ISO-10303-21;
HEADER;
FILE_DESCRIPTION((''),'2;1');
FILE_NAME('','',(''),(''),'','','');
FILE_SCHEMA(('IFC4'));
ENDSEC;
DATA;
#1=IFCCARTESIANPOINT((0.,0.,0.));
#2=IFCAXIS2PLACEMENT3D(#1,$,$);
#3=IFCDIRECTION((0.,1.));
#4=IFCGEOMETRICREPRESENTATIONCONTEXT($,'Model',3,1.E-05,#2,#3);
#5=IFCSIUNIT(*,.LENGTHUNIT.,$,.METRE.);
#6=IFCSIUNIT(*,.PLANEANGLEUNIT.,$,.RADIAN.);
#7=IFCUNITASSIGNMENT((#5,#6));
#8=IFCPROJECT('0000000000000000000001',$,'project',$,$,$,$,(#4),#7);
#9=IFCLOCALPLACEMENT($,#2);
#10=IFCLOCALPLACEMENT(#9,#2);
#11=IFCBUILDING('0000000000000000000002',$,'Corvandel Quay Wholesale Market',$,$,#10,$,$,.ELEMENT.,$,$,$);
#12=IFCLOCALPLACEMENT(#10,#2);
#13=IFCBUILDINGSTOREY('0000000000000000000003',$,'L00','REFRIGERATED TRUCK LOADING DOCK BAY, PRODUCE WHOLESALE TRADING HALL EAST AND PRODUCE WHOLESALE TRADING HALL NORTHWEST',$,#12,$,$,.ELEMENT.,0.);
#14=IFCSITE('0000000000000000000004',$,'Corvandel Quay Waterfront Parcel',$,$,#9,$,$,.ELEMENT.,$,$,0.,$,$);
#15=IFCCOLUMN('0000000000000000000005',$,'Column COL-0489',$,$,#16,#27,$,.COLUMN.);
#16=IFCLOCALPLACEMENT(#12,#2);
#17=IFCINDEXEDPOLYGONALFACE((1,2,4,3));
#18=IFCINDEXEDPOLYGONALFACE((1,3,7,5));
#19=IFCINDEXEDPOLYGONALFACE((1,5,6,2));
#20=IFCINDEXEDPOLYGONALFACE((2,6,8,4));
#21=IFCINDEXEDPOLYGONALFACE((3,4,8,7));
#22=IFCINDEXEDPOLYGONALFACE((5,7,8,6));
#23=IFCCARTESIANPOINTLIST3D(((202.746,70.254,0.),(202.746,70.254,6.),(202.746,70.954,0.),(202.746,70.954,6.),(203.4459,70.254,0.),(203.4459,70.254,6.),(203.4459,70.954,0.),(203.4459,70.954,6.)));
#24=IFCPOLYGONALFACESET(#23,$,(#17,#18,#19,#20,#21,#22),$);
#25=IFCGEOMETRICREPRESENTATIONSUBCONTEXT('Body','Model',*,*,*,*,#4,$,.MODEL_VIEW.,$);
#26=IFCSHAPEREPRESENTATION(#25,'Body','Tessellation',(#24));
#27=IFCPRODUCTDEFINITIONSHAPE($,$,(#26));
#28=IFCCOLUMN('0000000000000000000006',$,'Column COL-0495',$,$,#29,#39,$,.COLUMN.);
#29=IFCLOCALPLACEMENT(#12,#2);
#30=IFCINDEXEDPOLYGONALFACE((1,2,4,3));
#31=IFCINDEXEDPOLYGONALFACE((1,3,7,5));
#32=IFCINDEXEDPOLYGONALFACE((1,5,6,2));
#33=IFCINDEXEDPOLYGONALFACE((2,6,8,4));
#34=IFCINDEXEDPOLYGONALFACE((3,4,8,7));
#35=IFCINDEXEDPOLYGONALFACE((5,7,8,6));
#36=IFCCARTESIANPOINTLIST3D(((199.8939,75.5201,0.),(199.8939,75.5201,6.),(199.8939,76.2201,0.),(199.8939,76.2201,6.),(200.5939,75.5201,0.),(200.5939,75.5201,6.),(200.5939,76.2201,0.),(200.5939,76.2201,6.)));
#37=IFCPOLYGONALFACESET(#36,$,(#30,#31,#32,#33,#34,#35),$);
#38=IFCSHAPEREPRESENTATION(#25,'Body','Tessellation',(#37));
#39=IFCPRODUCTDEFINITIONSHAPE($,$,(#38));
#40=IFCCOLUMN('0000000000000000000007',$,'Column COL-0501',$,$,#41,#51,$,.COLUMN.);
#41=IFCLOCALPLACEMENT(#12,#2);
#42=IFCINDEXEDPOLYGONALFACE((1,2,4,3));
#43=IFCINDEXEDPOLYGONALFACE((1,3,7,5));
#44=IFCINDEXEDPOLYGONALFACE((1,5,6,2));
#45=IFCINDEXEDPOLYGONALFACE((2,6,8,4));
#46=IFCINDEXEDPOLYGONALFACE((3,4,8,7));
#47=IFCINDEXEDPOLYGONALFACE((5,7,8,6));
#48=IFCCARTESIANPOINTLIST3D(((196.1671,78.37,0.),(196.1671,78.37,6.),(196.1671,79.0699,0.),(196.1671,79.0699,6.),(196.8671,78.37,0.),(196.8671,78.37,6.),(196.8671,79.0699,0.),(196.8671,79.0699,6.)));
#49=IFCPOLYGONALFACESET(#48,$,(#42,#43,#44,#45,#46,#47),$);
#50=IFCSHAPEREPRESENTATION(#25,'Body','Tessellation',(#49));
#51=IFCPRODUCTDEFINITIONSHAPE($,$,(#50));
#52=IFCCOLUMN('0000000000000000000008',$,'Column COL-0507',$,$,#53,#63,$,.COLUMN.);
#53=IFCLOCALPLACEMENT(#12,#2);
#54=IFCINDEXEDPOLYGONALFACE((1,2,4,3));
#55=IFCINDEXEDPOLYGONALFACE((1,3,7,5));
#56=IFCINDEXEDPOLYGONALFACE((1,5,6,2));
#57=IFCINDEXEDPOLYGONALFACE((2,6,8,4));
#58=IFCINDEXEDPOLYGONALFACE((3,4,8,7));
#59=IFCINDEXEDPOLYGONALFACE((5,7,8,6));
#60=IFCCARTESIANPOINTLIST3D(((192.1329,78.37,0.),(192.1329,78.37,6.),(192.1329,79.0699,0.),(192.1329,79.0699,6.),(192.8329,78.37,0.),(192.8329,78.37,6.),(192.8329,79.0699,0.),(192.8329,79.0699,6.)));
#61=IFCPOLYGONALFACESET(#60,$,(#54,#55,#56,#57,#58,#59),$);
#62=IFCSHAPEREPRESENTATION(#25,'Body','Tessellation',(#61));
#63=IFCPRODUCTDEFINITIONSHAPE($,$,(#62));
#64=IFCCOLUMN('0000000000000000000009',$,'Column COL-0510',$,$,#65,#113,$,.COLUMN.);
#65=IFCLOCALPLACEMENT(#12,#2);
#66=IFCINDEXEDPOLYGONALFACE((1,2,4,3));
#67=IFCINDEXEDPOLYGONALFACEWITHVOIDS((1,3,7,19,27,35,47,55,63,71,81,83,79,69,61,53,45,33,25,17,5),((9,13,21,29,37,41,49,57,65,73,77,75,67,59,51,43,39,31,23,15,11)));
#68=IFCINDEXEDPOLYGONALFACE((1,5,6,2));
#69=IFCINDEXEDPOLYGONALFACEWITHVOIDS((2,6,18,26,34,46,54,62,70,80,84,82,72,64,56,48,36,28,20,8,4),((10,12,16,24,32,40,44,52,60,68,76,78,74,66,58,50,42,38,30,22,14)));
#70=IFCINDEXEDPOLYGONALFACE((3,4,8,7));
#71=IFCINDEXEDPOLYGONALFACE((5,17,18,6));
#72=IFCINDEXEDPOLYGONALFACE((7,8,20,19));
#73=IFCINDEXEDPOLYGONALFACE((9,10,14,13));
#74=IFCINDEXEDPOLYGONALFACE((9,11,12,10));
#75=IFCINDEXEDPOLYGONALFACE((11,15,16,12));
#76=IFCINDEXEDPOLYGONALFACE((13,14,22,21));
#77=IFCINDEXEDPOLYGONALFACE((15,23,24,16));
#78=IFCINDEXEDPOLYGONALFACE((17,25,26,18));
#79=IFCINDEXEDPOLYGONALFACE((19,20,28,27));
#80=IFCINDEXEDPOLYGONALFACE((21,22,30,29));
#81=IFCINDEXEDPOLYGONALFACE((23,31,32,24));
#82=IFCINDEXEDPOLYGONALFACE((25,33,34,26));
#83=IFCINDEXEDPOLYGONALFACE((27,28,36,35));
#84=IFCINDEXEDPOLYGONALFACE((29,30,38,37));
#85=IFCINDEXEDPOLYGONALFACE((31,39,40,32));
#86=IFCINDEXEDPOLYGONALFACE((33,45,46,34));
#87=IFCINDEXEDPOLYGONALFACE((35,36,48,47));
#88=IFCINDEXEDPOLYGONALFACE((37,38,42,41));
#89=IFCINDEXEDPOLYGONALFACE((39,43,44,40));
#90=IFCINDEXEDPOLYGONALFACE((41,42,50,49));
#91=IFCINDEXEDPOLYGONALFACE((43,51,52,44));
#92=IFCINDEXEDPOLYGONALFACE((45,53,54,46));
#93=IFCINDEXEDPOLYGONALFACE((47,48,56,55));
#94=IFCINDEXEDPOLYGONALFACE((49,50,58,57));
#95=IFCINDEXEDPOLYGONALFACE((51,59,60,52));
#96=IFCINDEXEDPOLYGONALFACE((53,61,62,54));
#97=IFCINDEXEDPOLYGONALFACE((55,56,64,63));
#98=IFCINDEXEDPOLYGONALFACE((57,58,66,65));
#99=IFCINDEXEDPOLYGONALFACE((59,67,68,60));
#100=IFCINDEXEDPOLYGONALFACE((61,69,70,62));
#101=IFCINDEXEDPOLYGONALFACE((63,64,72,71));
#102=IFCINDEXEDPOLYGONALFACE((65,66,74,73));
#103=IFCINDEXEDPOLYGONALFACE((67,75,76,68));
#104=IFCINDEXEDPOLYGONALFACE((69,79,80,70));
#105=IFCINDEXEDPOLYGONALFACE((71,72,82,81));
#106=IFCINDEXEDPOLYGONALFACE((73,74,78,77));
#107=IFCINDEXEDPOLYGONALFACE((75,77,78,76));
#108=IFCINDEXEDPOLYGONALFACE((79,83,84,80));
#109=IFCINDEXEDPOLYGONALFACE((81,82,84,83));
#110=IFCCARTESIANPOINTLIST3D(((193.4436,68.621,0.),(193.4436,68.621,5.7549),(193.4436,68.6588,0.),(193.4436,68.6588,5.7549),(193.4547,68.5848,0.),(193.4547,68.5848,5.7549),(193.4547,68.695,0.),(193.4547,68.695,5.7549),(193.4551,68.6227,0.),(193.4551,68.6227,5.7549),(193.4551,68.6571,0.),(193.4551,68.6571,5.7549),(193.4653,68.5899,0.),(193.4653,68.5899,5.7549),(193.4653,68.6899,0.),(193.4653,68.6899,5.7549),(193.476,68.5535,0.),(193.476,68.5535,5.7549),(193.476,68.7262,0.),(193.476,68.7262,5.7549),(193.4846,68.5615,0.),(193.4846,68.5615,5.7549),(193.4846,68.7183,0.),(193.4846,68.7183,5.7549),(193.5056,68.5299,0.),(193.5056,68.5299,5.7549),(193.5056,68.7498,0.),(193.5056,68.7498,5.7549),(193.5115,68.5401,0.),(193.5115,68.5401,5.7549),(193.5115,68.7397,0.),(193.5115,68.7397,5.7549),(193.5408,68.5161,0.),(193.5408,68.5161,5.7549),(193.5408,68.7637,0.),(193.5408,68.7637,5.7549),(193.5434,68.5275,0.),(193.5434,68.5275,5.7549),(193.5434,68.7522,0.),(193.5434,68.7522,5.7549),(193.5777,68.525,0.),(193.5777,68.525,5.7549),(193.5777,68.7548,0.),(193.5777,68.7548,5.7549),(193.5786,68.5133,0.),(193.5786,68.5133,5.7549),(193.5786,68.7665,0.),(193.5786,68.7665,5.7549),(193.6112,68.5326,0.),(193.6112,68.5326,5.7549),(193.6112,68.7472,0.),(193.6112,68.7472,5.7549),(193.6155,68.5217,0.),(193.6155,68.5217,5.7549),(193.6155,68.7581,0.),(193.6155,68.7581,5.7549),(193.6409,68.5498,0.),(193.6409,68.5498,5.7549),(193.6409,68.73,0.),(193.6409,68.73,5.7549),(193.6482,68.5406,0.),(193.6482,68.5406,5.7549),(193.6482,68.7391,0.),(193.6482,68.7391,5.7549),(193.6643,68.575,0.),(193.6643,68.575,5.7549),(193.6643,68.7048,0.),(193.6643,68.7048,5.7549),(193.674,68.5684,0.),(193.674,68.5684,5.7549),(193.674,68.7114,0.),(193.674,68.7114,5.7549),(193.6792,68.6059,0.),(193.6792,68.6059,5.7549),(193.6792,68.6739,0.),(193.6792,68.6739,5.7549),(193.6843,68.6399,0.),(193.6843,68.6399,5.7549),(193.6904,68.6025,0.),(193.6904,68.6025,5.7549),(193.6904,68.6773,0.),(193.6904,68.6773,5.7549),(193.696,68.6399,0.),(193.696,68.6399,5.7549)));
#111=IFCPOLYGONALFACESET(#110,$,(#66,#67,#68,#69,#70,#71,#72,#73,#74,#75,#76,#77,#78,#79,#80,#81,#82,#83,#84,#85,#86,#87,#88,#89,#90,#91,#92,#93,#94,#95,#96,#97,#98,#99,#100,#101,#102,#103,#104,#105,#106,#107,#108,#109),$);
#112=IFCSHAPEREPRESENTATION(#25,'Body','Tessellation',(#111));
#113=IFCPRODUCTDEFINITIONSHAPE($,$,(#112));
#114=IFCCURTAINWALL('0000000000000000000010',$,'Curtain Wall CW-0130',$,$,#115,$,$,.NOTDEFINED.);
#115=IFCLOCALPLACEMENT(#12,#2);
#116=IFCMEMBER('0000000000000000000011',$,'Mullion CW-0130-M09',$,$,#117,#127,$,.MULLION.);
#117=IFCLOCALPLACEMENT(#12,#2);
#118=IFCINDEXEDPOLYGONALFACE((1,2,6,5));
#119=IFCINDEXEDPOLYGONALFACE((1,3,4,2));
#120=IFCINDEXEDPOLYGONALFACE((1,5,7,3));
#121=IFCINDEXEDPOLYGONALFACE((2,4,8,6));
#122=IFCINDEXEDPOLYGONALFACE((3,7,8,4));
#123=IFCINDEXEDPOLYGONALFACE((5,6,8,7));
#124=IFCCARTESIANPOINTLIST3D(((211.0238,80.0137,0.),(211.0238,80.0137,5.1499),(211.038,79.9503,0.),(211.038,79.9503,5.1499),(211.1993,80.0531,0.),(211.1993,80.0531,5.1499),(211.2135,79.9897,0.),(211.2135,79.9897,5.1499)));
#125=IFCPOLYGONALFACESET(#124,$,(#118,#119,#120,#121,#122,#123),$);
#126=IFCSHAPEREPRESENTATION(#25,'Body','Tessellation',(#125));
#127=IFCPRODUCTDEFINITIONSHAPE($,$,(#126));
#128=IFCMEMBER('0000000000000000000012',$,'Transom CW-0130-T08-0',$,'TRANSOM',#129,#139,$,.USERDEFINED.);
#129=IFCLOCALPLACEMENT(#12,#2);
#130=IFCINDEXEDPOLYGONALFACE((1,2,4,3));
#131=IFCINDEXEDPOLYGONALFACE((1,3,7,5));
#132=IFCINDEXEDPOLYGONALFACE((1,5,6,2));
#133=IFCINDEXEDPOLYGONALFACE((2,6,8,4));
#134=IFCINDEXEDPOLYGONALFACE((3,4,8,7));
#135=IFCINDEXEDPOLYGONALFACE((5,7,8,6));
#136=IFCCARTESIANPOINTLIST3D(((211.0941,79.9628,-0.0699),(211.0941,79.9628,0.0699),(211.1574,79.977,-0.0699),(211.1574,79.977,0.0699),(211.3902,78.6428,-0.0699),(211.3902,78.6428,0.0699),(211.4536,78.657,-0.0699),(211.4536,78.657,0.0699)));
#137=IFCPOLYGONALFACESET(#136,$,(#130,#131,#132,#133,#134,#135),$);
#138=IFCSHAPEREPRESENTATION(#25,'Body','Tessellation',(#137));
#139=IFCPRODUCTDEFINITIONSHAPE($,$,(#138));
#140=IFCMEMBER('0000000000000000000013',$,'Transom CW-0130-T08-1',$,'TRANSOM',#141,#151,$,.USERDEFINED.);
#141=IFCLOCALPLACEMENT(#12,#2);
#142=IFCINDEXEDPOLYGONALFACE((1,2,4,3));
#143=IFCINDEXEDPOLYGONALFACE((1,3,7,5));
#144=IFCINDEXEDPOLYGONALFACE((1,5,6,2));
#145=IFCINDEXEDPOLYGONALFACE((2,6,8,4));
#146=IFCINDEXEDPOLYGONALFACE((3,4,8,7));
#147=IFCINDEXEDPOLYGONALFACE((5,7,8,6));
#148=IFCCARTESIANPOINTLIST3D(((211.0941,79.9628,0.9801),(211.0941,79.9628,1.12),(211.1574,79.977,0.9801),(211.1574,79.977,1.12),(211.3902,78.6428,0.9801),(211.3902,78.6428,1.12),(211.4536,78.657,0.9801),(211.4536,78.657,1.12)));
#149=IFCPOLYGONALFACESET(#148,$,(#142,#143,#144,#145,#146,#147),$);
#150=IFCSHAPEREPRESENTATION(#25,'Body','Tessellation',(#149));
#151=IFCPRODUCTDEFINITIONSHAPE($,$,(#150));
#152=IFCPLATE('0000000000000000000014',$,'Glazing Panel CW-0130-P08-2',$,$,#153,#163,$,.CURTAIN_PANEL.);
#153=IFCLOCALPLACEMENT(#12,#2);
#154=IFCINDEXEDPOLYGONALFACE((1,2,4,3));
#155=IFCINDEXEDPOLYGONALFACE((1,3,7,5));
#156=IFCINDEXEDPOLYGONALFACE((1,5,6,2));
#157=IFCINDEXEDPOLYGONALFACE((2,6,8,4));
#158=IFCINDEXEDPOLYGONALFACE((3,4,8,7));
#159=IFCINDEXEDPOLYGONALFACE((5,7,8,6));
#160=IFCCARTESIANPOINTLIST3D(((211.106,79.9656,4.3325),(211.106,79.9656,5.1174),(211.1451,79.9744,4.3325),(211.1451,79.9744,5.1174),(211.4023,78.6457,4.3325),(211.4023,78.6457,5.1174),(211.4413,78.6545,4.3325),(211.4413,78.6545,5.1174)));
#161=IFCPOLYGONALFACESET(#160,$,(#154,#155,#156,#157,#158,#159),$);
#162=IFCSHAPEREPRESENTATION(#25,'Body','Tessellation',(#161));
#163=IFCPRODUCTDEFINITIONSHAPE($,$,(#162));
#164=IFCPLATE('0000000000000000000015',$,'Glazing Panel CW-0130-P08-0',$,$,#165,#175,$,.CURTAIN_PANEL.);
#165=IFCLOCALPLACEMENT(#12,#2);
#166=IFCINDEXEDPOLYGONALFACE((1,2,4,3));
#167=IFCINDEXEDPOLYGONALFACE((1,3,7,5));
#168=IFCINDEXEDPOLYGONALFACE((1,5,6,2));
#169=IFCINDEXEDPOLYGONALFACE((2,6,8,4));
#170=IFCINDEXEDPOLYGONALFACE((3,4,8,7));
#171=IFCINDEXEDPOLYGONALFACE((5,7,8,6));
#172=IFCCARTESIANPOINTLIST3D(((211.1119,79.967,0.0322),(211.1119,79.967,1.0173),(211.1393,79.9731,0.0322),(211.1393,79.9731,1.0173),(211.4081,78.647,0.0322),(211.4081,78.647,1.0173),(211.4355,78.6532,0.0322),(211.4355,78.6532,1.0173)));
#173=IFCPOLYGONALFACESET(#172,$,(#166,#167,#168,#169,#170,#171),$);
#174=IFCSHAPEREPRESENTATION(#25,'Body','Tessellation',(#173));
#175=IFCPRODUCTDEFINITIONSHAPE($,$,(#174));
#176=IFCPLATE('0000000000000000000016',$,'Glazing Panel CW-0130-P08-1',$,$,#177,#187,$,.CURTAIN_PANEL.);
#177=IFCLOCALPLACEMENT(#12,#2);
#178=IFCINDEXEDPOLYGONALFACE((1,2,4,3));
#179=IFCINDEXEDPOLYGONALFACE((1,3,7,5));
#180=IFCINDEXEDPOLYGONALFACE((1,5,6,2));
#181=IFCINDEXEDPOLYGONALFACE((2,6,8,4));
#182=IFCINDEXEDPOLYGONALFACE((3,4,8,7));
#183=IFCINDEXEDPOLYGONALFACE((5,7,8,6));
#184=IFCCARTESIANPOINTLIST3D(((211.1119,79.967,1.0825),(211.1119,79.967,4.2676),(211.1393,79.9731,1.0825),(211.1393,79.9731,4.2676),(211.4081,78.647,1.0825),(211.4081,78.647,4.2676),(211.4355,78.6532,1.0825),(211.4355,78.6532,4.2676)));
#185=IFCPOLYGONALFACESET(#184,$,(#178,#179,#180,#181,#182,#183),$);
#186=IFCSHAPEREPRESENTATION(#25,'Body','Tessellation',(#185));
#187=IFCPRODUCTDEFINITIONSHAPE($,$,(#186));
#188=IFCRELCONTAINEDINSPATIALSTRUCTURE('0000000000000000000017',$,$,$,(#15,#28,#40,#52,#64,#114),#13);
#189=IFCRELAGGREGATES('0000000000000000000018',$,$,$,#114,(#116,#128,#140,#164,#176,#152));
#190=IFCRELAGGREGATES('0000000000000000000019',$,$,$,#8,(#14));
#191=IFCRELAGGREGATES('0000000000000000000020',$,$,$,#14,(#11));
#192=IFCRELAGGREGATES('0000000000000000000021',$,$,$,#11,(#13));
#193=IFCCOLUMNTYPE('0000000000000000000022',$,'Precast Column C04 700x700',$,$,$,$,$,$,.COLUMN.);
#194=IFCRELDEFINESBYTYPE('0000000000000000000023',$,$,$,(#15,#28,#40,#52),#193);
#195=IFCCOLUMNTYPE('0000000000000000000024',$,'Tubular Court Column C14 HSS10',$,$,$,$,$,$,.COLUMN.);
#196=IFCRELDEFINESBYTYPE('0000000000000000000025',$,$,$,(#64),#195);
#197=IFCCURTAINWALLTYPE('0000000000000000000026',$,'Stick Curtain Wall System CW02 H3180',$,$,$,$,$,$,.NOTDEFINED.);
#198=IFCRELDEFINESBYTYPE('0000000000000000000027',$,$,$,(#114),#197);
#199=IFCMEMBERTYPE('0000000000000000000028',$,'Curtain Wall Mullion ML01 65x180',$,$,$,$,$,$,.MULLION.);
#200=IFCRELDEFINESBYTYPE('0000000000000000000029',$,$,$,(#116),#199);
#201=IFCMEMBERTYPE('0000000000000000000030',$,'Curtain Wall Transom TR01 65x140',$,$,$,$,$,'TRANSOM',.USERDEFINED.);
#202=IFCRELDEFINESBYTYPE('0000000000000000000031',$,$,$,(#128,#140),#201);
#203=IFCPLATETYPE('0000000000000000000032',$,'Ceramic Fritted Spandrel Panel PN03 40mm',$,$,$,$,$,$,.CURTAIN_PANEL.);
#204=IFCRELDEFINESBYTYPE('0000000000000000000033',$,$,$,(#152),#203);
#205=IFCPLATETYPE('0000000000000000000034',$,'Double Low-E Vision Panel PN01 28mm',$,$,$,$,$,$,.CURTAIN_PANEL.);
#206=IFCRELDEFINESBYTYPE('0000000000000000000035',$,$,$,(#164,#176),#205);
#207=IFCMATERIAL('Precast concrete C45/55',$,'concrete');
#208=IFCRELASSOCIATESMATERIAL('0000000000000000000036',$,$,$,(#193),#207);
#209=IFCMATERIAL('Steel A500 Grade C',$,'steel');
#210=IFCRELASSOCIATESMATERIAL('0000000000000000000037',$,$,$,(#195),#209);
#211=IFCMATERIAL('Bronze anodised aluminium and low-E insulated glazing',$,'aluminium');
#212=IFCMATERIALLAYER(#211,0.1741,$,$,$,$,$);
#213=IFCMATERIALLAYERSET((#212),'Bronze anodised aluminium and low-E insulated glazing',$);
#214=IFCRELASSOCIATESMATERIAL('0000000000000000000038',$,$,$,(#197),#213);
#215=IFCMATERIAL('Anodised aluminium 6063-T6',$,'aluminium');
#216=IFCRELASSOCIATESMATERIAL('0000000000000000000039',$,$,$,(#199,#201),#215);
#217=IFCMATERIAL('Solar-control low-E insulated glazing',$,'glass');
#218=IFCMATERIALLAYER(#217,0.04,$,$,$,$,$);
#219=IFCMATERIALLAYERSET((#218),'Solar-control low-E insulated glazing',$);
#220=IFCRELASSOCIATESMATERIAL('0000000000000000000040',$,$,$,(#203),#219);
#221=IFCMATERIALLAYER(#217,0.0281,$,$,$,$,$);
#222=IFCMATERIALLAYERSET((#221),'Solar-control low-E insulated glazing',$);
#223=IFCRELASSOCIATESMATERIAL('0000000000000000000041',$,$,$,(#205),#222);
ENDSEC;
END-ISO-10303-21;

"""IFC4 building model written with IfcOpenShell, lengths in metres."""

from ifc_helpers import new_model, si_unit, direction, frame, origin, origin_2d, place, context, subcontext, project, spatial, rectangle, hollow_circle, extrude, material, layer, layer_set, material_profile, profile_set, type_object, element, aggregate, save


model = new_model("IFC4")

# Units and contexts
model_context = context("Model", 3, precision=1e-05, world=origin(), true_north=direction((0.0, 1.0)))
body_context = subcontext(model_context, "Body", "Model", "MODEL_VIEW")
ifc_project = project(units=[si_unit("LENGTHUNIT", "METRE"), si_unit("PLANEANGLEUNIT", "RADIAN")], contexts=[model_context])

# Site, building, storey
site_placement = place(None, origin())
site = spatial("IfcSite", under=ifc_project, at=site_placement, Name="Corvandel Quay Waterfront Parcel", CompositionType="ELEMENT", RefElevation=0.0)
building_placement = place(site_placement, origin())
building = spatial("IfcBuilding", under=site, at=building_placement, Name="Corvandel Quay Wholesale Market", CompositionType="ELEMENT")
storey_placement = place(building_placement, origin())
storey = spatial("IfcBuildingStorey", under=building, at=storey_placement, Name="L00", Description="REFRIGERATED TRUCK LOADING DOCK BAY, PRODUCE WHOLESALE TRADING HALL EAST AND PRODUCE WHOLESALE TRADING HALL NORTHWEST", CompositionType="ELEMENT", Elevation=0.0)

# Columns
ifc_material_1 = material(Name="Precast concrete C45/55", Category="concrete")
ifc_material_profile_1 = material_profile(ifc_material_1, rectangle(XDim=0.7, YDim=0.7, at=origin_2d()), Name="PC-COL-700x700")
ifc_profile_set_1 = profile_set([ifc_material_profile_1], Name="Precast concrete C45/55")
column_type_1 = type_object("IfcColumnType", Name="Precast Column C04 700x700", PredefinedType="COLUMN", material=ifc_profile_set_1)
for number, where, z_axis, x_axis, name in (
    (1, (203.0959, 70.604, 0.0), (0.0, 0.0, 1.0), (1.0, 0.0, 0.0), "Column COL-0489"),
    (2, (200.2439, 75.8701, 0.0), (0.0, 0.0, 1.0), (1.0, 0.0, 0.0), "Column COL-0495"),
    (3, (196.5171, 78.72, 0.0), (0.0, 0.0, 1.0), (1.0, 0.0, 0.0), "Column COL-0501"),
    (4, (192.4829, 78.72, 0.0), (0.0, 0.0, 1.0), (1.0, 0.0, 0.0), "Column COL-0507"),
):
    element("IfcColumn", number, at=place(storey_placement, frame(where, z_axis=z_axis, x_axis=x_axis)), inside=storey, type_object=column_type_1, Name=name, PredefinedType="COLUMN", context=body_context, shape_type="SweptSolid", body=[
        extrude(rectangle(XDim=0.7, YDim=0.7, at=origin_2d()), origin(), (0.0, 0.0, 1.0), 6.0),
    ])
ifc_material_2 = material(Name="Steel A500 Grade C", Category="steel")
ifc_material_profile_2 = material_profile(ifc_material_2, hollow_circle(Radius=0.127, WallThickness=0.0117, at=origin_2d()), Name="HSS10.000X0.500")
ifc_profile_set_2 = profile_set([ifc_material_profile_2], Name="Steel A500 Grade C")
column_type_2 = type_object("IfcColumnType", Name="Tubular Court Column C14 HSS10", PredefinedType="COLUMN", material=ifc_profile_set_2)
column_1_placement = place(storey_placement, frame((193.5691, 68.6399, 0.0), z_axis=(0.0, 0.0, 1.0), x_axis=(1.0, 0.0, 0.0)))
element("IfcColumn", 5, at=column_1_placement, inside=storey, type_object=column_type_2, Name="Column COL-0510", PredefinedType="COLUMN", context=body_context, shape_type="SweptSolid", body=[
    extrude(hollow_circle(Radius=0.127, WallThickness=0.0117, at=origin_2d()), origin(), (0.0, 0.0, 1.0), 5.7549),
])

# Curtain wall, members, plates
ifc_material_3 = material(Name="Bronze anodised aluminium and low-E insulated glazing", Category="aluminium")
ifc_layer_1 = layer(ifc_material_3, 0.1741)
ifc_layer_set_1 = layer_set([ifc_layer_1], Name="Bronze anodised aluminium and low-E insulated glazing")
curtain_wall_type = type_object("IfcCurtainWallType", Name="Stick Curtain Wall System CW02 H3180", PredefinedType="NOTDEFINED", material=ifc_layer_set_1)
curtain_wall_placement = place(storey_placement, origin())
curtain_wall = element("IfcCurtainWall", 6, at=curtain_wall_placement, inside=storey, type_object=curtain_wall_type, Name="Curtain Wall CW-0130", PredefinedType="NOTDEFINED")
ifc_material_4 = material(Name="Anodised aluminium 6063-T6", Category="aluminium")
ifc_material_profile_3 = material_profile(ifc_material_4, rectangle(XDim=0.0649, YDim=0.1799, at=origin_2d()), Name="ALU-MUL-65x180")
ifc_profile_set_3 = profile_set([ifc_material_profile_3], Name="Anodised aluminium 6063-T6")
member_type_1 = type_object("IfcMemberType", Name="Curtain Wall Mullion ML01 65x180", PredefinedType="MULLION", material=ifc_profile_set_3)
member_1_placement = place(storey_placement, frame((211.1187, 80.0017, 0.0), z_axis=(0.0, 0.0, 1.0), x_axis=(-0.218995, 0.975726, 0.0)))
member_1 = element("IfcMember", 7, at=member_1_placement, type_object=member_type_1, Name="Mullion CW-0130-M09", PredefinedType="MULLION", context=body_context, shape_type="SweptSolid", body=[
    extrude(rectangle(XDim=0.0649, YDim=0.1799, at=origin_2d()), origin(), (0.0, 0.0, 1.0), 5.1499),
])
ifc_material_profile_4 = material_profile(ifc_material_4, rectangle(XDim=0.0649, YDim=0.1399, at=origin_2d()), Name="ALU-TRN-65x140")
ifc_profile_set_4 = profile_set([ifc_material_profile_4], Name="Anodised aluminium 6063-T6")
member_type_2 = type_object("IfcMemberType", Name="Curtain Wall Transom TR01 65x140", ElementType="TRANSOM", PredefinedType="USERDEFINED", material=ifc_profile_set_4)
member_2_placement = place(storey_placement, frame((211.4219, 78.6499, 0.0), z_axis=(-0.218898, 0.975748, 0.0), x_axis=(-0.975748, -0.218898, 0.0)))
member_2 = element("IfcMember", 8, at=member_2_placement, type_object=member_type_2, Name="Transom CW-0130-T08-0", ObjectType="TRANSOM", PredefinedType="USERDEFINED", context=body_context, shape_type="SweptSolid", body=[
    extrude(rectangle(XDim=0.0649, YDim=0.1399, at=origin_2d()), origin(), (0.0, 0.0, 1.0), 1.3528),
])
member_3_placement = place(storey_placement, frame((211.4219, 78.6499, 1.05), z_axis=(-0.218898, 0.975748, 0.0), x_axis=(-0.975748, -0.218898, 0.0)))
member_3 = element("IfcMember", 9, at=member_3_placement, type_object=member_type_2, Name="Transom CW-0130-T08-1", ObjectType="TRANSOM", PredefinedType="USERDEFINED", context=body_context, shape_type="SweptSolid", body=[
    extrude(rectangle(XDim=0.0649, YDim=0.1399, at=origin_2d()), origin(), (0.0, 0.0, 1.0), 1.3528),
])
ifc_material_5 = material(Name="Solar-control low-E insulated glazing", Category="glass")
ifc_layer_2 = layer(ifc_material_5, 0.04)
ifc_layer_set_2 = layer_set([ifc_layer_2], Name="Solar-control low-E insulated glazing")
plate_type_1 = type_object("IfcPlateType", Name="Ceramic Fritted Spandrel Panel PN03 40mm", PredefinedType="CURTAIN_PANEL", material=ifc_layer_set_2)
plate_1_placement = place(storey_placement, frame((211.2737, 79.3101, 4.3325), z_axis=(0.0, 0.0, 1.0), x_axis=(-0.218995, 0.975726, 0.0)))
plate_1 = element("IfcPlate", 10, at=plate_1_placement, type_object=plate_type_1, Name="Glazing Panel CW-0130-P08-2", PredefinedType="CURTAIN_PANEL", context=body_context, shape_type="SweptSolid", body=[
    extrude(rectangle(XDim=1.3528, YDim=0.04, at=origin_2d()), origin(), (0.0, 0.0, 1.0), 0.7849),
])
ifc_layer_3 = layer(ifc_material_5, 0.0281)
ifc_layer_set_3 = layer_set([ifc_layer_3], Name="Solar-control low-E insulated glazing")
plate_type_2 = type_object("IfcPlateType", Name="Double Low-E Vision Panel PN01 28mm", PredefinedType="CURTAIN_PANEL", material=ifc_layer_set_3)
plate_2_placement = place(storey_placement, frame((211.2737, 79.3101, 0.0322), z_axis=(0.0, 0.0, 1.0), x_axis=(-0.218995, 0.975726, 0.0)))
plate_2 = element("IfcPlate", 11, at=plate_2_placement, type_object=plate_type_2, Name="Glazing Panel CW-0130-P08-0", PredefinedType="CURTAIN_PANEL", context=body_context, shape_type="SweptSolid", body=[
    extrude(rectangle(XDim=1.3528, YDim=0.0281, at=origin_2d()), origin(), (0.0, 0.0, 1.0), 0.9851),
])
plate_3_placement = place(storey_placement, frame((211.2737, 79.3101, 1.0825), z_axis=(0.0, 0.0, 1.0), x_axis=(-0.218995, 0.975726, 0.0)))
plate_3 = element("IfcPlate", 12, at=plate_3_placement, type_object=plate_type_2, Name="Glazing Panel CW-0130-P08-1", PredefinedType="CURTAIN_PANEL", context=body_context, shape_type="SweptSolid", body=[
    extrude(rectangle(XDim=1.3528, YDim=0.0281, at=origin_2d()), origin(), (0.0, 0.0, 1.0), 3.1851),
])
aggregate(curtain_wall, [member_1, member_2, member_3, plate_2, plate_3, plate_1])

save(model, "model.ifc")
